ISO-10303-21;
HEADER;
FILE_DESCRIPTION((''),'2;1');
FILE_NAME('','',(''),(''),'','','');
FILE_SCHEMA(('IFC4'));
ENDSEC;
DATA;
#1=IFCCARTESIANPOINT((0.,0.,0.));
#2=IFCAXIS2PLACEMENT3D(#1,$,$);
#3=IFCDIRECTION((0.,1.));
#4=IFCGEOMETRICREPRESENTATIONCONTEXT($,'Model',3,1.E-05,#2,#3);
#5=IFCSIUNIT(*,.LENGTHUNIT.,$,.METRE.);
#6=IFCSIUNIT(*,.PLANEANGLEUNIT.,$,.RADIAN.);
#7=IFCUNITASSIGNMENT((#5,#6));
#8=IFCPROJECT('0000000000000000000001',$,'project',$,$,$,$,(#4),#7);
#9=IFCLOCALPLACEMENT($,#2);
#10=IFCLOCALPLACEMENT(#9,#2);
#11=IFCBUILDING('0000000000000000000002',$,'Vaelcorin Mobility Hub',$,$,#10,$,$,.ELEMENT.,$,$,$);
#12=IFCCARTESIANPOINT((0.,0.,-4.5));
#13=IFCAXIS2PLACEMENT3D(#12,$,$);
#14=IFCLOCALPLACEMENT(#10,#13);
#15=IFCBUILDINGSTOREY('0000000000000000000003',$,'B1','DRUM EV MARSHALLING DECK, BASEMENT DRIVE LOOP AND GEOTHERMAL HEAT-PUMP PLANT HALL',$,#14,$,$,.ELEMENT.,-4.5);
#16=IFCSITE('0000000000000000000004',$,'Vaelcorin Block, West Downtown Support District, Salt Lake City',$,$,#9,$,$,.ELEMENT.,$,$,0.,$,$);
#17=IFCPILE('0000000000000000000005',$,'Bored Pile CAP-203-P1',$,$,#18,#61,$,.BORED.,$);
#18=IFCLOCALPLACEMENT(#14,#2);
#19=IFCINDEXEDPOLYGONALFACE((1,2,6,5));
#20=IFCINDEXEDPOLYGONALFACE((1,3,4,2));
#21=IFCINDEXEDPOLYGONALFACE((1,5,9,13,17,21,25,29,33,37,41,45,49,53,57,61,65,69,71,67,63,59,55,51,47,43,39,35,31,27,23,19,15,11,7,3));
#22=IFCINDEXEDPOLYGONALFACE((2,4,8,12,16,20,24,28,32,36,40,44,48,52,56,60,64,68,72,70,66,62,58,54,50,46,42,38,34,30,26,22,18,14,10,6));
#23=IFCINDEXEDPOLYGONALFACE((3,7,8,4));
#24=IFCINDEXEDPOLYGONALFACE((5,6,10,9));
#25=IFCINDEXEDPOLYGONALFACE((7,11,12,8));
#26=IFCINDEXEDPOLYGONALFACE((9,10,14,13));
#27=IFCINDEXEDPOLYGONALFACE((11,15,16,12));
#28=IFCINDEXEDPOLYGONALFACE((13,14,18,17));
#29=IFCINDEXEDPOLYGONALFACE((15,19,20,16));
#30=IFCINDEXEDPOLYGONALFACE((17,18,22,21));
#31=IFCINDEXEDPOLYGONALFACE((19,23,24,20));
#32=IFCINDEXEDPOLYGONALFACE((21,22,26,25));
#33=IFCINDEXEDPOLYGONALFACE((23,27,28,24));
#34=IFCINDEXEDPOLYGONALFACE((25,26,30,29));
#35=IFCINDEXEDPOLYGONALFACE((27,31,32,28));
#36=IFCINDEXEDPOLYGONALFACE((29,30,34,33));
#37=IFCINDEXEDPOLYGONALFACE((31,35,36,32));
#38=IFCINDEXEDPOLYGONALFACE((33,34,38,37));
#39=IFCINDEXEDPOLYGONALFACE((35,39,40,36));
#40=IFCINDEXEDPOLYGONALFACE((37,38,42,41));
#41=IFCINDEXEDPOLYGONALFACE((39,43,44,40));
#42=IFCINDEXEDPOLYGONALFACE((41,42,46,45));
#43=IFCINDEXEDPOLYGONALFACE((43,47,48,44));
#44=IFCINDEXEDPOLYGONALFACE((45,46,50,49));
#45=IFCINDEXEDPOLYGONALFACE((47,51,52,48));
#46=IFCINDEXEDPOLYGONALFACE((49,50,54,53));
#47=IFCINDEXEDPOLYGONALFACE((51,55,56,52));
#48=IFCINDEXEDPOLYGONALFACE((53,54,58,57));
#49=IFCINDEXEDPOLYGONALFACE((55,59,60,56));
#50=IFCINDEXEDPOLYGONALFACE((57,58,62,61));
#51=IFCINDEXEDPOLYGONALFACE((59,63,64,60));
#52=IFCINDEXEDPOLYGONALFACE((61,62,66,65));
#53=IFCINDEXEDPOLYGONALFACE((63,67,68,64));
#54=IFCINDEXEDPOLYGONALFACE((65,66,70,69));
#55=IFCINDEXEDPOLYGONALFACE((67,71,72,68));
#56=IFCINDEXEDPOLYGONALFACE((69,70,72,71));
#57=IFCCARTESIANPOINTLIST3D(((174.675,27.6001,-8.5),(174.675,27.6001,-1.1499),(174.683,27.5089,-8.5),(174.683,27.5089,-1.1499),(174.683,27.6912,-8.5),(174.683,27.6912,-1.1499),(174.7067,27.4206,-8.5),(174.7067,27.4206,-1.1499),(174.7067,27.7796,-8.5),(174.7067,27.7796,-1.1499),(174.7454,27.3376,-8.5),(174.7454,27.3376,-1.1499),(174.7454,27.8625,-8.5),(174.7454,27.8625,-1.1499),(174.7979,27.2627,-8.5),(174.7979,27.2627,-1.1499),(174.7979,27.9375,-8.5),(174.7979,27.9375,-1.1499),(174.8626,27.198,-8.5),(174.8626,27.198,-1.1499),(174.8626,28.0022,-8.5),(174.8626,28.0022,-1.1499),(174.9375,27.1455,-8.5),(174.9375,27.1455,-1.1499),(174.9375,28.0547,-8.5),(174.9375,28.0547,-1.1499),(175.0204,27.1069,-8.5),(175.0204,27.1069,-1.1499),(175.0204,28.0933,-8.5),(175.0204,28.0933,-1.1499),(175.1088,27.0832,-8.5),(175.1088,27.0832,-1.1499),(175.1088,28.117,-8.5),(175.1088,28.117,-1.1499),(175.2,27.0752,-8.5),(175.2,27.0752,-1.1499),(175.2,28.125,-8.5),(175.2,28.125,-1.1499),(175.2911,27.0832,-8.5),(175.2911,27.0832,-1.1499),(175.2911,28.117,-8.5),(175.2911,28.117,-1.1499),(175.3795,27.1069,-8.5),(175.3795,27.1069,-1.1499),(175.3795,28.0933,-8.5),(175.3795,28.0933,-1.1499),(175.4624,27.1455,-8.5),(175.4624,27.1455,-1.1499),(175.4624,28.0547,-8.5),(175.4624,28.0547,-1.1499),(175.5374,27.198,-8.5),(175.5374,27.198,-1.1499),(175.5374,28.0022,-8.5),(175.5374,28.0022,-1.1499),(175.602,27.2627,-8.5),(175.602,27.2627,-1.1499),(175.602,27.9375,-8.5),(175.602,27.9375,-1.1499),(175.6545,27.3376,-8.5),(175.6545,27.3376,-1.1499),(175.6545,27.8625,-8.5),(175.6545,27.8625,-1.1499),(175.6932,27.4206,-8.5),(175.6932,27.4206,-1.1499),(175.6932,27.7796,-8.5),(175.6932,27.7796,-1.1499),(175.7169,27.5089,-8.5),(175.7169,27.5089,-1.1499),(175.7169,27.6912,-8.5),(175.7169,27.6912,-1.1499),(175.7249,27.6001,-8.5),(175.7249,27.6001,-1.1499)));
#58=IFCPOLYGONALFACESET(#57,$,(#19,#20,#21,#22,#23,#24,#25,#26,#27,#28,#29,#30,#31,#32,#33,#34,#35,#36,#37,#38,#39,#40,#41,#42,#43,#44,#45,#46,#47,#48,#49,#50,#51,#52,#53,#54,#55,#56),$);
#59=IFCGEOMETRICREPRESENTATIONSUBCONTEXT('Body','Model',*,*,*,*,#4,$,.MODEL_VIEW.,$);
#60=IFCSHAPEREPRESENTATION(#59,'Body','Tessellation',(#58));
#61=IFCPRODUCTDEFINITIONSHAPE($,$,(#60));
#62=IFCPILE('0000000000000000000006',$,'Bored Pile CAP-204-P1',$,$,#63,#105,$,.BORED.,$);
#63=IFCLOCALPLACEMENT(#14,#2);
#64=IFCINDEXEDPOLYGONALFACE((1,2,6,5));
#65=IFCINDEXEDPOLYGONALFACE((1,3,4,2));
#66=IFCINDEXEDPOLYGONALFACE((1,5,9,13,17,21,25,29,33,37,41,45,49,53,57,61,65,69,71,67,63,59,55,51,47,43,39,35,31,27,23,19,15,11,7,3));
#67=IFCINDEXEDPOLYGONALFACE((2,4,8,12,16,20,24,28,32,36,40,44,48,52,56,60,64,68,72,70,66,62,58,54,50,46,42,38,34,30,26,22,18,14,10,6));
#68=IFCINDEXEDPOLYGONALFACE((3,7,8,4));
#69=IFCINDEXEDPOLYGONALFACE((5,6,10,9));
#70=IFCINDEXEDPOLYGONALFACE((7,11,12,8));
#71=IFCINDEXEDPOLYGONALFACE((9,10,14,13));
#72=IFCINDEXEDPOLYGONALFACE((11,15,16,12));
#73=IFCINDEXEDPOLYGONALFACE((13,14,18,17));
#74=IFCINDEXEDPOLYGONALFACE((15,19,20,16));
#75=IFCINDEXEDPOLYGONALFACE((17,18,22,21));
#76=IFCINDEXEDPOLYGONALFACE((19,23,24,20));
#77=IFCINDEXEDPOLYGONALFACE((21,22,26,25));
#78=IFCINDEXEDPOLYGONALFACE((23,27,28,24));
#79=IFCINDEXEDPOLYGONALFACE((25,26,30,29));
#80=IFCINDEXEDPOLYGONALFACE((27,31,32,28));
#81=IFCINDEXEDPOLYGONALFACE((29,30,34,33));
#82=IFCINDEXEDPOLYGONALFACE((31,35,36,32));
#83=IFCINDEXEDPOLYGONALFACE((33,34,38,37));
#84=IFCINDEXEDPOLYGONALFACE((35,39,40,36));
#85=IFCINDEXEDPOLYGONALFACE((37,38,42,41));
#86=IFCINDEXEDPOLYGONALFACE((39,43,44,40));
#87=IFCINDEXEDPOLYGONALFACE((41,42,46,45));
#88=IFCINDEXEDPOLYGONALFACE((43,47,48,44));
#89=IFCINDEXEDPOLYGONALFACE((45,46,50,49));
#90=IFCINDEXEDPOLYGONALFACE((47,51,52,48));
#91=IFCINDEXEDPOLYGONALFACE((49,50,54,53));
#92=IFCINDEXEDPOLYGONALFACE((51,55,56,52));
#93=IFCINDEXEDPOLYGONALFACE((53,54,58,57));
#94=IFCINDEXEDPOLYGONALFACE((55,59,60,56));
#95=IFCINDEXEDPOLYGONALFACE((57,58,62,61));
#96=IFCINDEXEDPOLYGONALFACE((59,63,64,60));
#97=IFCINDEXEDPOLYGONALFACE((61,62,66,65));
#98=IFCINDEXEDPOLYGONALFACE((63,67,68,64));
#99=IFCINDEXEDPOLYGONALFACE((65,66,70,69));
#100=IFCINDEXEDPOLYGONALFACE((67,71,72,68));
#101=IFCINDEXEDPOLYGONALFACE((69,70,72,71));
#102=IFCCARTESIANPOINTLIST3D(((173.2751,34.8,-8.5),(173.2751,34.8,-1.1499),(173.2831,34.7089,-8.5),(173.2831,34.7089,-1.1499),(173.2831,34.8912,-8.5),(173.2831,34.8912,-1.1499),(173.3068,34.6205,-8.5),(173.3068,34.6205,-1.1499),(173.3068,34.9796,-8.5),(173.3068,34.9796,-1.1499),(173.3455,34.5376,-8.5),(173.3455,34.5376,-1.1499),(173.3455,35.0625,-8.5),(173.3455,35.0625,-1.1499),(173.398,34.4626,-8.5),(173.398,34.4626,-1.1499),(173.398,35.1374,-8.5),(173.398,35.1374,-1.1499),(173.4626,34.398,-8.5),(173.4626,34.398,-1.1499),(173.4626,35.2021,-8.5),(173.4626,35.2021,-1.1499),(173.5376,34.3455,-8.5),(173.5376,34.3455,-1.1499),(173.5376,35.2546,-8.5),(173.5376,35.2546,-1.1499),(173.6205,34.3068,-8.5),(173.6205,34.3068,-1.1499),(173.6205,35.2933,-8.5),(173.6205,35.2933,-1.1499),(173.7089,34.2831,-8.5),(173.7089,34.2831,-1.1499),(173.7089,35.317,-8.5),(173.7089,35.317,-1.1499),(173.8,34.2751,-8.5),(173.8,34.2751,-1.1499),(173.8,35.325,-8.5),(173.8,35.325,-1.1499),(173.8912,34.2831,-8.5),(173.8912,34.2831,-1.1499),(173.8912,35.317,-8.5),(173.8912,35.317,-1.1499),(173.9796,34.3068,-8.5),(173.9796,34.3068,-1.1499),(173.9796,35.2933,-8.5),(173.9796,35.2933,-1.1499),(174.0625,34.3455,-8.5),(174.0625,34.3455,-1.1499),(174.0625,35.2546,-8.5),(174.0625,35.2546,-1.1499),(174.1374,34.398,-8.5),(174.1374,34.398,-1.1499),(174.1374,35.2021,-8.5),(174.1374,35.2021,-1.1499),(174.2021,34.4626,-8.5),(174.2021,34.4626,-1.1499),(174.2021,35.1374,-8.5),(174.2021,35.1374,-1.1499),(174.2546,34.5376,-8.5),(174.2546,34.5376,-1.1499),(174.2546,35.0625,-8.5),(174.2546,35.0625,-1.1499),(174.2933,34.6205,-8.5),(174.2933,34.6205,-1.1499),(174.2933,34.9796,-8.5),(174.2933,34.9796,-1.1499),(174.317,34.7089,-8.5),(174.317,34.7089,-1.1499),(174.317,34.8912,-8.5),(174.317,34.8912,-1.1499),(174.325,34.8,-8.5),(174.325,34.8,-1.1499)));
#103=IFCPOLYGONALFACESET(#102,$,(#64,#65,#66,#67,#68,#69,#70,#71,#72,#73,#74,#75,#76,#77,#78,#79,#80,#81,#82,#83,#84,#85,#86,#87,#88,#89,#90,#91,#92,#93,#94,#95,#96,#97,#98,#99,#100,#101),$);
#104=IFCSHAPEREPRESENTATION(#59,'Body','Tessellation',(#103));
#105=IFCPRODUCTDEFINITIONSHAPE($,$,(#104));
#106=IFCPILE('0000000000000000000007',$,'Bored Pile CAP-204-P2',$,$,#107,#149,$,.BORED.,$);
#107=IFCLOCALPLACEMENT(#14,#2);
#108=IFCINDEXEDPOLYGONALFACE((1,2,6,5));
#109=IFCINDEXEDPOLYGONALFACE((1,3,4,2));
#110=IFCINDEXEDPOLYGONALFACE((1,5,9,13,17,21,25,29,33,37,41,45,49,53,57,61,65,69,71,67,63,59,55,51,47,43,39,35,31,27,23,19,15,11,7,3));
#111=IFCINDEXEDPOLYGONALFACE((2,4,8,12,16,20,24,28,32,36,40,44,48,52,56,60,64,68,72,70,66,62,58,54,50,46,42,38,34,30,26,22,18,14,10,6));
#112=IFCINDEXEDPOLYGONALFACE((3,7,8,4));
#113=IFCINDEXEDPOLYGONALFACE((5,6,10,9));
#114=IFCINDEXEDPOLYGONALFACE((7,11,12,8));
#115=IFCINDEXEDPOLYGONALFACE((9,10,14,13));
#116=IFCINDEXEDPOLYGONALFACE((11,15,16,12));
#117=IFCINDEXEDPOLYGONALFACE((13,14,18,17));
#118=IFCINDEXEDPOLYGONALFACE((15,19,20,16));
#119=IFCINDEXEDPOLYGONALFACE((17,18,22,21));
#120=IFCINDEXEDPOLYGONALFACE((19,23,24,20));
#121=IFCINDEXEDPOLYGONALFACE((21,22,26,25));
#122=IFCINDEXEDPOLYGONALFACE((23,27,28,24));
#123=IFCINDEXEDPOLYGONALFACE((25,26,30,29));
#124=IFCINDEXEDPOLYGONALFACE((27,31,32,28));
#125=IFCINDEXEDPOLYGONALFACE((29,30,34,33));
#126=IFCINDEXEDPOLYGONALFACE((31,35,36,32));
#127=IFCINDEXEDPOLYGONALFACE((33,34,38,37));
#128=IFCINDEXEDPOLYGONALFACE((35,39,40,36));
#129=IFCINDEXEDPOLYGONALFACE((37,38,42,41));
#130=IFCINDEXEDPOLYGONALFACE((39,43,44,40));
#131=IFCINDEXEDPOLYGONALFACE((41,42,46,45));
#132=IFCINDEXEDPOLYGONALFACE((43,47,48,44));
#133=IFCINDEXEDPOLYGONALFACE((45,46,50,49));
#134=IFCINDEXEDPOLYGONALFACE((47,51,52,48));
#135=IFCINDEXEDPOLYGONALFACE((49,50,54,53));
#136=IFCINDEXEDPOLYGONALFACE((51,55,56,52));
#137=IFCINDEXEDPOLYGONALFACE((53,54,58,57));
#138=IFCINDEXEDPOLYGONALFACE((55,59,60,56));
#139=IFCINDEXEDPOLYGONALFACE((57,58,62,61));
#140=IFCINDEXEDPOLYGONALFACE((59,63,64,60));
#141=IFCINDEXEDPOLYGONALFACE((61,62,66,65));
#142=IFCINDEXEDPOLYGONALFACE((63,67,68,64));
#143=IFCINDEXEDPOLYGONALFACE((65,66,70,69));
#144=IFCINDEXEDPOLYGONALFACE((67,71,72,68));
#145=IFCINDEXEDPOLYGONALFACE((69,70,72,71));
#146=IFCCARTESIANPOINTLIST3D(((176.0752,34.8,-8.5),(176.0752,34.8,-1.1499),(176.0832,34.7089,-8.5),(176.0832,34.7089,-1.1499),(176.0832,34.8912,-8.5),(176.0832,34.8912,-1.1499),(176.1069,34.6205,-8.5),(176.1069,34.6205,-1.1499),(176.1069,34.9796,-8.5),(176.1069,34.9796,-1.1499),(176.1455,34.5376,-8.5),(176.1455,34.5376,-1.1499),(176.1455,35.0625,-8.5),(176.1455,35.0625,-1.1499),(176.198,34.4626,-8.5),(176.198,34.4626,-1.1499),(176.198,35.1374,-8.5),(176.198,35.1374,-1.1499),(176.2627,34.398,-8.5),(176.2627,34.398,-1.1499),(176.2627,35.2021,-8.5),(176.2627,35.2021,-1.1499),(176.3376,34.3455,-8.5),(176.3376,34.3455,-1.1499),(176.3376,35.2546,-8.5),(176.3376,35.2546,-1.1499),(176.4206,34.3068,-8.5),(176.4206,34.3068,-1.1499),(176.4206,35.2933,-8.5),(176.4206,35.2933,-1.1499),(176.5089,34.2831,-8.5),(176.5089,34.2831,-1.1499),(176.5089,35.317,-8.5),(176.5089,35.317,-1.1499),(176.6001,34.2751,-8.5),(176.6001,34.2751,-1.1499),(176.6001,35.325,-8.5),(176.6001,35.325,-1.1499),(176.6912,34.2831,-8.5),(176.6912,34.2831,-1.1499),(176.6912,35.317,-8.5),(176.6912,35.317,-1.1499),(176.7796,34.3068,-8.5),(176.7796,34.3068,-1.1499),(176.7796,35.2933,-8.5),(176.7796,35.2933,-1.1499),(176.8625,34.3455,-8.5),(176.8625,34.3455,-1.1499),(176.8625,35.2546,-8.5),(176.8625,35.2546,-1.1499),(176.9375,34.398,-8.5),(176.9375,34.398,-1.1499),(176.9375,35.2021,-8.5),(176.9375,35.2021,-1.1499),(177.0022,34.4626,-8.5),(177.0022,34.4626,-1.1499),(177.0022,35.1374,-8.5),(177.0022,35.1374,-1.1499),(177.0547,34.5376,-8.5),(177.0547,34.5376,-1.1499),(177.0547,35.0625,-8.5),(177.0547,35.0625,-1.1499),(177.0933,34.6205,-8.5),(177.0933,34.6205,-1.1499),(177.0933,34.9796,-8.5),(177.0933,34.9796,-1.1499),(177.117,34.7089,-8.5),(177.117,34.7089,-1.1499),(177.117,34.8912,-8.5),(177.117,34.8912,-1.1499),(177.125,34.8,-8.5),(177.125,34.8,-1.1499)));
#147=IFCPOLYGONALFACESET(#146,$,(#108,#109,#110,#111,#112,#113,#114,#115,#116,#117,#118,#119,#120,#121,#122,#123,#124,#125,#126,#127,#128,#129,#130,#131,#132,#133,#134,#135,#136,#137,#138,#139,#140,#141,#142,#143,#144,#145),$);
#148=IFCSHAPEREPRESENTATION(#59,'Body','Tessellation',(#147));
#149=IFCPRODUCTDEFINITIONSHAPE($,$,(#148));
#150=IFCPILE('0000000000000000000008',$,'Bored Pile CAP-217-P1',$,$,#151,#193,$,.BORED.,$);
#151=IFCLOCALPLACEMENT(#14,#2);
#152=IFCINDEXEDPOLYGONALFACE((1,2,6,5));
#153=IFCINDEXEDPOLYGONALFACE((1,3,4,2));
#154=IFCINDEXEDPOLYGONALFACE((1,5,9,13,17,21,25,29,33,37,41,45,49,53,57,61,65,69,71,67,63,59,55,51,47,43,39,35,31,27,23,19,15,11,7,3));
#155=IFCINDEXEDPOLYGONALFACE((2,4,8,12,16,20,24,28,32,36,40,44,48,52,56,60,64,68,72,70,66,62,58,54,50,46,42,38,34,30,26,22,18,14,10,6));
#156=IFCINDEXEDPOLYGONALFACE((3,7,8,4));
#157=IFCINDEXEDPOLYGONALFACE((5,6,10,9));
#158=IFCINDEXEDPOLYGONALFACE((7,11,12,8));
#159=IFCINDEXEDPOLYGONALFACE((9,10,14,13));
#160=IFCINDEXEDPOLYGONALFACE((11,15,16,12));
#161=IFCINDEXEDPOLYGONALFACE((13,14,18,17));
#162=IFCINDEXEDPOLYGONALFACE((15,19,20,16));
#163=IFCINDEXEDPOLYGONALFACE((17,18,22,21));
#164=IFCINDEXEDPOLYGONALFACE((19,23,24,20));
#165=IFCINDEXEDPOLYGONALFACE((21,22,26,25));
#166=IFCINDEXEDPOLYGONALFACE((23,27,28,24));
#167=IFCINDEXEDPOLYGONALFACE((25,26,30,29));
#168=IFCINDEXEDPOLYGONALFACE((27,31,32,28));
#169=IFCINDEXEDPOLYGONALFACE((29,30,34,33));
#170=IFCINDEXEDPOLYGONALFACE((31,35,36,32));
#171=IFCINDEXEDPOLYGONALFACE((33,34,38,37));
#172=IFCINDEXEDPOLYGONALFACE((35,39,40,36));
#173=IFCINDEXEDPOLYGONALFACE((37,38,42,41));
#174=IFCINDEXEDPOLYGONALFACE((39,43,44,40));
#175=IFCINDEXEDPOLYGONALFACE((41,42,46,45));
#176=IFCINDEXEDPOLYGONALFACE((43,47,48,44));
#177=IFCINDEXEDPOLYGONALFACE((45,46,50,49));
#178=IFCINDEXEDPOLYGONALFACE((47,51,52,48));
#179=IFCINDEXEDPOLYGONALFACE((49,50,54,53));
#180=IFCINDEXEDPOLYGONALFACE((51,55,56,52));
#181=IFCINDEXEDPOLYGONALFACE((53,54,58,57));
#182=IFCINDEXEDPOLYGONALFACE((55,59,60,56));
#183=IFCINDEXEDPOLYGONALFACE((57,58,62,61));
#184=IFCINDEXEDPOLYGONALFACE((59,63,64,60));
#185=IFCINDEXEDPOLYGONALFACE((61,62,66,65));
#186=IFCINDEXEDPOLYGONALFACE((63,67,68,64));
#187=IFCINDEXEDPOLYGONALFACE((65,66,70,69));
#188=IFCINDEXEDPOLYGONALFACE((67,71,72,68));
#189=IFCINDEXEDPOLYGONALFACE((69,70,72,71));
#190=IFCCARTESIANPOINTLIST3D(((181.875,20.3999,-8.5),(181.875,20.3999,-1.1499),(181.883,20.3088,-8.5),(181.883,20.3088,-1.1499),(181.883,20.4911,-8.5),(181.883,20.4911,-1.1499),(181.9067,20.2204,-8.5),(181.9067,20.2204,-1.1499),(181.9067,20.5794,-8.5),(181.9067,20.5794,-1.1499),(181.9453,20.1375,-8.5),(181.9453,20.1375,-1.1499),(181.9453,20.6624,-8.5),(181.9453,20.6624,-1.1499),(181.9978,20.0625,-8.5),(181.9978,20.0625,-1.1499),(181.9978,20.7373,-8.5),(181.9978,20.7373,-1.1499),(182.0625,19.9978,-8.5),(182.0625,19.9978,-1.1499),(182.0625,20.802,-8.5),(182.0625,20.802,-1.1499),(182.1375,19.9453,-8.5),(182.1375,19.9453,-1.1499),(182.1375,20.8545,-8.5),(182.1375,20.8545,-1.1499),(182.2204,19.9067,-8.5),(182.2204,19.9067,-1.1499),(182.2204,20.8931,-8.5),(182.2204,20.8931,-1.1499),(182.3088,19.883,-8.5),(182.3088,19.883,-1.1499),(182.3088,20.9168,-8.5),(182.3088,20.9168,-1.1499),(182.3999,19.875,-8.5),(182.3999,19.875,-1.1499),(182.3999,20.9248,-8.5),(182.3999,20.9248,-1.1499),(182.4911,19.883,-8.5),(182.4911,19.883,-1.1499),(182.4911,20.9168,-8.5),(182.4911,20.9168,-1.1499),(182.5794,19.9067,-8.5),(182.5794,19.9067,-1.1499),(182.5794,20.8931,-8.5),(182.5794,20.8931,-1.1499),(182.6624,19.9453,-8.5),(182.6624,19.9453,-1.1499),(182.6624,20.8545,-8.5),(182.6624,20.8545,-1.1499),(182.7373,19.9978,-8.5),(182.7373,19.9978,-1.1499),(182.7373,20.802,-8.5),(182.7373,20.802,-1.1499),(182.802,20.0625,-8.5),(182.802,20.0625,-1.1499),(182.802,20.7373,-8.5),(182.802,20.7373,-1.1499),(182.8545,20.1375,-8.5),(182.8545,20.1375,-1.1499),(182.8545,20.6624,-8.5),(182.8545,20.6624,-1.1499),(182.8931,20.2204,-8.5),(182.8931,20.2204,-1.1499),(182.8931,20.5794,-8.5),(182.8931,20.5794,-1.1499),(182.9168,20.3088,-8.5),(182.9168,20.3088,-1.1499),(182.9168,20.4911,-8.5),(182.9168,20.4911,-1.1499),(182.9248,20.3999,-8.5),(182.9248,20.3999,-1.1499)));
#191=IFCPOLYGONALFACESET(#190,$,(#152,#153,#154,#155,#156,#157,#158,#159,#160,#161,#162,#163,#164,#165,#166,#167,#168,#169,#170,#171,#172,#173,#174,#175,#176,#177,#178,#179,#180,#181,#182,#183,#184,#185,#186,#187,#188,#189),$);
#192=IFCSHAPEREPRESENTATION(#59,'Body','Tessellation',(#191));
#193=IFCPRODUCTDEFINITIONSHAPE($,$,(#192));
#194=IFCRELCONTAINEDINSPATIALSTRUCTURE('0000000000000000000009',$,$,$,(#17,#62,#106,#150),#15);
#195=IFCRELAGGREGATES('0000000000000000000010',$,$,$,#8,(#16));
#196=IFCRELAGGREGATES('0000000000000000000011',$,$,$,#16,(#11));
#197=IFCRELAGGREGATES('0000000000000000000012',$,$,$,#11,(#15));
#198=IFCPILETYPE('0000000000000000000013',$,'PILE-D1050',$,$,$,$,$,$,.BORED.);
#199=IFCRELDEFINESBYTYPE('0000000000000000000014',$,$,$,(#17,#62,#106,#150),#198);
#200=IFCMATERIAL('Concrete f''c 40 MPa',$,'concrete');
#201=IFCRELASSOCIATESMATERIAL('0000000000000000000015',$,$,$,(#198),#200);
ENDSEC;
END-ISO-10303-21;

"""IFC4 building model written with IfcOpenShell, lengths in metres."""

from ifc_helpers import new_model, si_unit, direction, frame, origin, origin_2d, place, context, subcontext, project, spatial, circle, extrude, material, material_profile, profile_set, type_object, element, save


model = new_model("IFC4")

# Units and contexts
model_context = context("Model", 3, precision=1e-05, world=origin(), true_north=direction((0.0, 1.0)))
body_context = subcontext(model_context, "Body", "Model", "MODEL_VIEW")
ifc_project = project(units=[si_unit("LENGTHUNIT", "METRE"), si_unit("PLANEANGLEUNIT", "RADIAN")], contexts=[model_context])

# Site, building, storey
site_placement = place(None, origin())
site = spatial("IfcSite", under=ifc_project, at=site_placement, Name="Vaelcorin Block, West Downtown Support District, Salt Lake City", CompositionType="ELEMENT", RefElevation=0.0)
building_placement = place(site_placement, origin())
building = spatial("IfcBuilding", under=site, at=building_placement, Name="Vaelcorin Mobility Hub", CompositionType="ELEMENT")
storey_placement = place(building_placement, frame((0.0, 0.0, -4.5)))
storey = spatial("IfcBuildingStorey", under=building, at=storey_placement, Name="B1", Description="DRUM EV MARSHALLING DECK, BASEMENT DRIVE LOOP AND GEOTHERMAL HEAT-PUMP PLANT HALL", CompositionType="ELEMENT", Elevation=-4.5)

# Shared definitions
ifc_material_1 = material(Name="Concrete f'c 40 MPa", Category="concrete")

# Piles
ifc_material_profile_1 = material_profile(ifc_material_1, circle(Radius=0.5249, at=origin_2d()), Name="BP-D1050")
ifc_profile_set_1 = profile_set([ifc_material_profile_1], Name="Concrete f'c 40 MPa")
pile_type = type_object("IfcPileType", Name="PILE-D1050", PredefinedType="BORED", material=ifc_profile_set_1)
for number, where, z_axis, x_axis, name in (
    (1, (175.2, 27.6001, -1.1499), (0.0, 0.0, -1.0), (1.0, 0.0, 0.0), "Bored Pile CAP-203-P1"),
    (2, (173.8, 34.8, -1.1499), (0.0, 0.0, -1.0), (1.0, 0.0, 0.0), "Bored Pile CAP-204-P1"),
    (3, (176.6001, 34.8, -1.1499), (0.0, 0.0, -1.0), (1.0, 0.0, 0.0), "Bored Pile CAP-204-P2"),
    (4, (182.3999, 20.3999, -1.1499), (0.0, 0.0, -1.0), (1.0, 0.0, 0.0), "Bored Pile CAP-217-P1"),
):
    element("IfcPile", number, at=place(storey_placement, frame(where, z_axis=z_axis, x_axis=x_axis)), inside=storey, type_object=pile_type, Name=name, PredefinedType="BORED", context=body_context, shape_type="SweptSolid", body=[
        extrude(circle(Radius=0.5249, at=origin_2d()), origin(), (0.0, 0.0, 1.0), 7.3501),
    ])

save(model, "model.ifc")
